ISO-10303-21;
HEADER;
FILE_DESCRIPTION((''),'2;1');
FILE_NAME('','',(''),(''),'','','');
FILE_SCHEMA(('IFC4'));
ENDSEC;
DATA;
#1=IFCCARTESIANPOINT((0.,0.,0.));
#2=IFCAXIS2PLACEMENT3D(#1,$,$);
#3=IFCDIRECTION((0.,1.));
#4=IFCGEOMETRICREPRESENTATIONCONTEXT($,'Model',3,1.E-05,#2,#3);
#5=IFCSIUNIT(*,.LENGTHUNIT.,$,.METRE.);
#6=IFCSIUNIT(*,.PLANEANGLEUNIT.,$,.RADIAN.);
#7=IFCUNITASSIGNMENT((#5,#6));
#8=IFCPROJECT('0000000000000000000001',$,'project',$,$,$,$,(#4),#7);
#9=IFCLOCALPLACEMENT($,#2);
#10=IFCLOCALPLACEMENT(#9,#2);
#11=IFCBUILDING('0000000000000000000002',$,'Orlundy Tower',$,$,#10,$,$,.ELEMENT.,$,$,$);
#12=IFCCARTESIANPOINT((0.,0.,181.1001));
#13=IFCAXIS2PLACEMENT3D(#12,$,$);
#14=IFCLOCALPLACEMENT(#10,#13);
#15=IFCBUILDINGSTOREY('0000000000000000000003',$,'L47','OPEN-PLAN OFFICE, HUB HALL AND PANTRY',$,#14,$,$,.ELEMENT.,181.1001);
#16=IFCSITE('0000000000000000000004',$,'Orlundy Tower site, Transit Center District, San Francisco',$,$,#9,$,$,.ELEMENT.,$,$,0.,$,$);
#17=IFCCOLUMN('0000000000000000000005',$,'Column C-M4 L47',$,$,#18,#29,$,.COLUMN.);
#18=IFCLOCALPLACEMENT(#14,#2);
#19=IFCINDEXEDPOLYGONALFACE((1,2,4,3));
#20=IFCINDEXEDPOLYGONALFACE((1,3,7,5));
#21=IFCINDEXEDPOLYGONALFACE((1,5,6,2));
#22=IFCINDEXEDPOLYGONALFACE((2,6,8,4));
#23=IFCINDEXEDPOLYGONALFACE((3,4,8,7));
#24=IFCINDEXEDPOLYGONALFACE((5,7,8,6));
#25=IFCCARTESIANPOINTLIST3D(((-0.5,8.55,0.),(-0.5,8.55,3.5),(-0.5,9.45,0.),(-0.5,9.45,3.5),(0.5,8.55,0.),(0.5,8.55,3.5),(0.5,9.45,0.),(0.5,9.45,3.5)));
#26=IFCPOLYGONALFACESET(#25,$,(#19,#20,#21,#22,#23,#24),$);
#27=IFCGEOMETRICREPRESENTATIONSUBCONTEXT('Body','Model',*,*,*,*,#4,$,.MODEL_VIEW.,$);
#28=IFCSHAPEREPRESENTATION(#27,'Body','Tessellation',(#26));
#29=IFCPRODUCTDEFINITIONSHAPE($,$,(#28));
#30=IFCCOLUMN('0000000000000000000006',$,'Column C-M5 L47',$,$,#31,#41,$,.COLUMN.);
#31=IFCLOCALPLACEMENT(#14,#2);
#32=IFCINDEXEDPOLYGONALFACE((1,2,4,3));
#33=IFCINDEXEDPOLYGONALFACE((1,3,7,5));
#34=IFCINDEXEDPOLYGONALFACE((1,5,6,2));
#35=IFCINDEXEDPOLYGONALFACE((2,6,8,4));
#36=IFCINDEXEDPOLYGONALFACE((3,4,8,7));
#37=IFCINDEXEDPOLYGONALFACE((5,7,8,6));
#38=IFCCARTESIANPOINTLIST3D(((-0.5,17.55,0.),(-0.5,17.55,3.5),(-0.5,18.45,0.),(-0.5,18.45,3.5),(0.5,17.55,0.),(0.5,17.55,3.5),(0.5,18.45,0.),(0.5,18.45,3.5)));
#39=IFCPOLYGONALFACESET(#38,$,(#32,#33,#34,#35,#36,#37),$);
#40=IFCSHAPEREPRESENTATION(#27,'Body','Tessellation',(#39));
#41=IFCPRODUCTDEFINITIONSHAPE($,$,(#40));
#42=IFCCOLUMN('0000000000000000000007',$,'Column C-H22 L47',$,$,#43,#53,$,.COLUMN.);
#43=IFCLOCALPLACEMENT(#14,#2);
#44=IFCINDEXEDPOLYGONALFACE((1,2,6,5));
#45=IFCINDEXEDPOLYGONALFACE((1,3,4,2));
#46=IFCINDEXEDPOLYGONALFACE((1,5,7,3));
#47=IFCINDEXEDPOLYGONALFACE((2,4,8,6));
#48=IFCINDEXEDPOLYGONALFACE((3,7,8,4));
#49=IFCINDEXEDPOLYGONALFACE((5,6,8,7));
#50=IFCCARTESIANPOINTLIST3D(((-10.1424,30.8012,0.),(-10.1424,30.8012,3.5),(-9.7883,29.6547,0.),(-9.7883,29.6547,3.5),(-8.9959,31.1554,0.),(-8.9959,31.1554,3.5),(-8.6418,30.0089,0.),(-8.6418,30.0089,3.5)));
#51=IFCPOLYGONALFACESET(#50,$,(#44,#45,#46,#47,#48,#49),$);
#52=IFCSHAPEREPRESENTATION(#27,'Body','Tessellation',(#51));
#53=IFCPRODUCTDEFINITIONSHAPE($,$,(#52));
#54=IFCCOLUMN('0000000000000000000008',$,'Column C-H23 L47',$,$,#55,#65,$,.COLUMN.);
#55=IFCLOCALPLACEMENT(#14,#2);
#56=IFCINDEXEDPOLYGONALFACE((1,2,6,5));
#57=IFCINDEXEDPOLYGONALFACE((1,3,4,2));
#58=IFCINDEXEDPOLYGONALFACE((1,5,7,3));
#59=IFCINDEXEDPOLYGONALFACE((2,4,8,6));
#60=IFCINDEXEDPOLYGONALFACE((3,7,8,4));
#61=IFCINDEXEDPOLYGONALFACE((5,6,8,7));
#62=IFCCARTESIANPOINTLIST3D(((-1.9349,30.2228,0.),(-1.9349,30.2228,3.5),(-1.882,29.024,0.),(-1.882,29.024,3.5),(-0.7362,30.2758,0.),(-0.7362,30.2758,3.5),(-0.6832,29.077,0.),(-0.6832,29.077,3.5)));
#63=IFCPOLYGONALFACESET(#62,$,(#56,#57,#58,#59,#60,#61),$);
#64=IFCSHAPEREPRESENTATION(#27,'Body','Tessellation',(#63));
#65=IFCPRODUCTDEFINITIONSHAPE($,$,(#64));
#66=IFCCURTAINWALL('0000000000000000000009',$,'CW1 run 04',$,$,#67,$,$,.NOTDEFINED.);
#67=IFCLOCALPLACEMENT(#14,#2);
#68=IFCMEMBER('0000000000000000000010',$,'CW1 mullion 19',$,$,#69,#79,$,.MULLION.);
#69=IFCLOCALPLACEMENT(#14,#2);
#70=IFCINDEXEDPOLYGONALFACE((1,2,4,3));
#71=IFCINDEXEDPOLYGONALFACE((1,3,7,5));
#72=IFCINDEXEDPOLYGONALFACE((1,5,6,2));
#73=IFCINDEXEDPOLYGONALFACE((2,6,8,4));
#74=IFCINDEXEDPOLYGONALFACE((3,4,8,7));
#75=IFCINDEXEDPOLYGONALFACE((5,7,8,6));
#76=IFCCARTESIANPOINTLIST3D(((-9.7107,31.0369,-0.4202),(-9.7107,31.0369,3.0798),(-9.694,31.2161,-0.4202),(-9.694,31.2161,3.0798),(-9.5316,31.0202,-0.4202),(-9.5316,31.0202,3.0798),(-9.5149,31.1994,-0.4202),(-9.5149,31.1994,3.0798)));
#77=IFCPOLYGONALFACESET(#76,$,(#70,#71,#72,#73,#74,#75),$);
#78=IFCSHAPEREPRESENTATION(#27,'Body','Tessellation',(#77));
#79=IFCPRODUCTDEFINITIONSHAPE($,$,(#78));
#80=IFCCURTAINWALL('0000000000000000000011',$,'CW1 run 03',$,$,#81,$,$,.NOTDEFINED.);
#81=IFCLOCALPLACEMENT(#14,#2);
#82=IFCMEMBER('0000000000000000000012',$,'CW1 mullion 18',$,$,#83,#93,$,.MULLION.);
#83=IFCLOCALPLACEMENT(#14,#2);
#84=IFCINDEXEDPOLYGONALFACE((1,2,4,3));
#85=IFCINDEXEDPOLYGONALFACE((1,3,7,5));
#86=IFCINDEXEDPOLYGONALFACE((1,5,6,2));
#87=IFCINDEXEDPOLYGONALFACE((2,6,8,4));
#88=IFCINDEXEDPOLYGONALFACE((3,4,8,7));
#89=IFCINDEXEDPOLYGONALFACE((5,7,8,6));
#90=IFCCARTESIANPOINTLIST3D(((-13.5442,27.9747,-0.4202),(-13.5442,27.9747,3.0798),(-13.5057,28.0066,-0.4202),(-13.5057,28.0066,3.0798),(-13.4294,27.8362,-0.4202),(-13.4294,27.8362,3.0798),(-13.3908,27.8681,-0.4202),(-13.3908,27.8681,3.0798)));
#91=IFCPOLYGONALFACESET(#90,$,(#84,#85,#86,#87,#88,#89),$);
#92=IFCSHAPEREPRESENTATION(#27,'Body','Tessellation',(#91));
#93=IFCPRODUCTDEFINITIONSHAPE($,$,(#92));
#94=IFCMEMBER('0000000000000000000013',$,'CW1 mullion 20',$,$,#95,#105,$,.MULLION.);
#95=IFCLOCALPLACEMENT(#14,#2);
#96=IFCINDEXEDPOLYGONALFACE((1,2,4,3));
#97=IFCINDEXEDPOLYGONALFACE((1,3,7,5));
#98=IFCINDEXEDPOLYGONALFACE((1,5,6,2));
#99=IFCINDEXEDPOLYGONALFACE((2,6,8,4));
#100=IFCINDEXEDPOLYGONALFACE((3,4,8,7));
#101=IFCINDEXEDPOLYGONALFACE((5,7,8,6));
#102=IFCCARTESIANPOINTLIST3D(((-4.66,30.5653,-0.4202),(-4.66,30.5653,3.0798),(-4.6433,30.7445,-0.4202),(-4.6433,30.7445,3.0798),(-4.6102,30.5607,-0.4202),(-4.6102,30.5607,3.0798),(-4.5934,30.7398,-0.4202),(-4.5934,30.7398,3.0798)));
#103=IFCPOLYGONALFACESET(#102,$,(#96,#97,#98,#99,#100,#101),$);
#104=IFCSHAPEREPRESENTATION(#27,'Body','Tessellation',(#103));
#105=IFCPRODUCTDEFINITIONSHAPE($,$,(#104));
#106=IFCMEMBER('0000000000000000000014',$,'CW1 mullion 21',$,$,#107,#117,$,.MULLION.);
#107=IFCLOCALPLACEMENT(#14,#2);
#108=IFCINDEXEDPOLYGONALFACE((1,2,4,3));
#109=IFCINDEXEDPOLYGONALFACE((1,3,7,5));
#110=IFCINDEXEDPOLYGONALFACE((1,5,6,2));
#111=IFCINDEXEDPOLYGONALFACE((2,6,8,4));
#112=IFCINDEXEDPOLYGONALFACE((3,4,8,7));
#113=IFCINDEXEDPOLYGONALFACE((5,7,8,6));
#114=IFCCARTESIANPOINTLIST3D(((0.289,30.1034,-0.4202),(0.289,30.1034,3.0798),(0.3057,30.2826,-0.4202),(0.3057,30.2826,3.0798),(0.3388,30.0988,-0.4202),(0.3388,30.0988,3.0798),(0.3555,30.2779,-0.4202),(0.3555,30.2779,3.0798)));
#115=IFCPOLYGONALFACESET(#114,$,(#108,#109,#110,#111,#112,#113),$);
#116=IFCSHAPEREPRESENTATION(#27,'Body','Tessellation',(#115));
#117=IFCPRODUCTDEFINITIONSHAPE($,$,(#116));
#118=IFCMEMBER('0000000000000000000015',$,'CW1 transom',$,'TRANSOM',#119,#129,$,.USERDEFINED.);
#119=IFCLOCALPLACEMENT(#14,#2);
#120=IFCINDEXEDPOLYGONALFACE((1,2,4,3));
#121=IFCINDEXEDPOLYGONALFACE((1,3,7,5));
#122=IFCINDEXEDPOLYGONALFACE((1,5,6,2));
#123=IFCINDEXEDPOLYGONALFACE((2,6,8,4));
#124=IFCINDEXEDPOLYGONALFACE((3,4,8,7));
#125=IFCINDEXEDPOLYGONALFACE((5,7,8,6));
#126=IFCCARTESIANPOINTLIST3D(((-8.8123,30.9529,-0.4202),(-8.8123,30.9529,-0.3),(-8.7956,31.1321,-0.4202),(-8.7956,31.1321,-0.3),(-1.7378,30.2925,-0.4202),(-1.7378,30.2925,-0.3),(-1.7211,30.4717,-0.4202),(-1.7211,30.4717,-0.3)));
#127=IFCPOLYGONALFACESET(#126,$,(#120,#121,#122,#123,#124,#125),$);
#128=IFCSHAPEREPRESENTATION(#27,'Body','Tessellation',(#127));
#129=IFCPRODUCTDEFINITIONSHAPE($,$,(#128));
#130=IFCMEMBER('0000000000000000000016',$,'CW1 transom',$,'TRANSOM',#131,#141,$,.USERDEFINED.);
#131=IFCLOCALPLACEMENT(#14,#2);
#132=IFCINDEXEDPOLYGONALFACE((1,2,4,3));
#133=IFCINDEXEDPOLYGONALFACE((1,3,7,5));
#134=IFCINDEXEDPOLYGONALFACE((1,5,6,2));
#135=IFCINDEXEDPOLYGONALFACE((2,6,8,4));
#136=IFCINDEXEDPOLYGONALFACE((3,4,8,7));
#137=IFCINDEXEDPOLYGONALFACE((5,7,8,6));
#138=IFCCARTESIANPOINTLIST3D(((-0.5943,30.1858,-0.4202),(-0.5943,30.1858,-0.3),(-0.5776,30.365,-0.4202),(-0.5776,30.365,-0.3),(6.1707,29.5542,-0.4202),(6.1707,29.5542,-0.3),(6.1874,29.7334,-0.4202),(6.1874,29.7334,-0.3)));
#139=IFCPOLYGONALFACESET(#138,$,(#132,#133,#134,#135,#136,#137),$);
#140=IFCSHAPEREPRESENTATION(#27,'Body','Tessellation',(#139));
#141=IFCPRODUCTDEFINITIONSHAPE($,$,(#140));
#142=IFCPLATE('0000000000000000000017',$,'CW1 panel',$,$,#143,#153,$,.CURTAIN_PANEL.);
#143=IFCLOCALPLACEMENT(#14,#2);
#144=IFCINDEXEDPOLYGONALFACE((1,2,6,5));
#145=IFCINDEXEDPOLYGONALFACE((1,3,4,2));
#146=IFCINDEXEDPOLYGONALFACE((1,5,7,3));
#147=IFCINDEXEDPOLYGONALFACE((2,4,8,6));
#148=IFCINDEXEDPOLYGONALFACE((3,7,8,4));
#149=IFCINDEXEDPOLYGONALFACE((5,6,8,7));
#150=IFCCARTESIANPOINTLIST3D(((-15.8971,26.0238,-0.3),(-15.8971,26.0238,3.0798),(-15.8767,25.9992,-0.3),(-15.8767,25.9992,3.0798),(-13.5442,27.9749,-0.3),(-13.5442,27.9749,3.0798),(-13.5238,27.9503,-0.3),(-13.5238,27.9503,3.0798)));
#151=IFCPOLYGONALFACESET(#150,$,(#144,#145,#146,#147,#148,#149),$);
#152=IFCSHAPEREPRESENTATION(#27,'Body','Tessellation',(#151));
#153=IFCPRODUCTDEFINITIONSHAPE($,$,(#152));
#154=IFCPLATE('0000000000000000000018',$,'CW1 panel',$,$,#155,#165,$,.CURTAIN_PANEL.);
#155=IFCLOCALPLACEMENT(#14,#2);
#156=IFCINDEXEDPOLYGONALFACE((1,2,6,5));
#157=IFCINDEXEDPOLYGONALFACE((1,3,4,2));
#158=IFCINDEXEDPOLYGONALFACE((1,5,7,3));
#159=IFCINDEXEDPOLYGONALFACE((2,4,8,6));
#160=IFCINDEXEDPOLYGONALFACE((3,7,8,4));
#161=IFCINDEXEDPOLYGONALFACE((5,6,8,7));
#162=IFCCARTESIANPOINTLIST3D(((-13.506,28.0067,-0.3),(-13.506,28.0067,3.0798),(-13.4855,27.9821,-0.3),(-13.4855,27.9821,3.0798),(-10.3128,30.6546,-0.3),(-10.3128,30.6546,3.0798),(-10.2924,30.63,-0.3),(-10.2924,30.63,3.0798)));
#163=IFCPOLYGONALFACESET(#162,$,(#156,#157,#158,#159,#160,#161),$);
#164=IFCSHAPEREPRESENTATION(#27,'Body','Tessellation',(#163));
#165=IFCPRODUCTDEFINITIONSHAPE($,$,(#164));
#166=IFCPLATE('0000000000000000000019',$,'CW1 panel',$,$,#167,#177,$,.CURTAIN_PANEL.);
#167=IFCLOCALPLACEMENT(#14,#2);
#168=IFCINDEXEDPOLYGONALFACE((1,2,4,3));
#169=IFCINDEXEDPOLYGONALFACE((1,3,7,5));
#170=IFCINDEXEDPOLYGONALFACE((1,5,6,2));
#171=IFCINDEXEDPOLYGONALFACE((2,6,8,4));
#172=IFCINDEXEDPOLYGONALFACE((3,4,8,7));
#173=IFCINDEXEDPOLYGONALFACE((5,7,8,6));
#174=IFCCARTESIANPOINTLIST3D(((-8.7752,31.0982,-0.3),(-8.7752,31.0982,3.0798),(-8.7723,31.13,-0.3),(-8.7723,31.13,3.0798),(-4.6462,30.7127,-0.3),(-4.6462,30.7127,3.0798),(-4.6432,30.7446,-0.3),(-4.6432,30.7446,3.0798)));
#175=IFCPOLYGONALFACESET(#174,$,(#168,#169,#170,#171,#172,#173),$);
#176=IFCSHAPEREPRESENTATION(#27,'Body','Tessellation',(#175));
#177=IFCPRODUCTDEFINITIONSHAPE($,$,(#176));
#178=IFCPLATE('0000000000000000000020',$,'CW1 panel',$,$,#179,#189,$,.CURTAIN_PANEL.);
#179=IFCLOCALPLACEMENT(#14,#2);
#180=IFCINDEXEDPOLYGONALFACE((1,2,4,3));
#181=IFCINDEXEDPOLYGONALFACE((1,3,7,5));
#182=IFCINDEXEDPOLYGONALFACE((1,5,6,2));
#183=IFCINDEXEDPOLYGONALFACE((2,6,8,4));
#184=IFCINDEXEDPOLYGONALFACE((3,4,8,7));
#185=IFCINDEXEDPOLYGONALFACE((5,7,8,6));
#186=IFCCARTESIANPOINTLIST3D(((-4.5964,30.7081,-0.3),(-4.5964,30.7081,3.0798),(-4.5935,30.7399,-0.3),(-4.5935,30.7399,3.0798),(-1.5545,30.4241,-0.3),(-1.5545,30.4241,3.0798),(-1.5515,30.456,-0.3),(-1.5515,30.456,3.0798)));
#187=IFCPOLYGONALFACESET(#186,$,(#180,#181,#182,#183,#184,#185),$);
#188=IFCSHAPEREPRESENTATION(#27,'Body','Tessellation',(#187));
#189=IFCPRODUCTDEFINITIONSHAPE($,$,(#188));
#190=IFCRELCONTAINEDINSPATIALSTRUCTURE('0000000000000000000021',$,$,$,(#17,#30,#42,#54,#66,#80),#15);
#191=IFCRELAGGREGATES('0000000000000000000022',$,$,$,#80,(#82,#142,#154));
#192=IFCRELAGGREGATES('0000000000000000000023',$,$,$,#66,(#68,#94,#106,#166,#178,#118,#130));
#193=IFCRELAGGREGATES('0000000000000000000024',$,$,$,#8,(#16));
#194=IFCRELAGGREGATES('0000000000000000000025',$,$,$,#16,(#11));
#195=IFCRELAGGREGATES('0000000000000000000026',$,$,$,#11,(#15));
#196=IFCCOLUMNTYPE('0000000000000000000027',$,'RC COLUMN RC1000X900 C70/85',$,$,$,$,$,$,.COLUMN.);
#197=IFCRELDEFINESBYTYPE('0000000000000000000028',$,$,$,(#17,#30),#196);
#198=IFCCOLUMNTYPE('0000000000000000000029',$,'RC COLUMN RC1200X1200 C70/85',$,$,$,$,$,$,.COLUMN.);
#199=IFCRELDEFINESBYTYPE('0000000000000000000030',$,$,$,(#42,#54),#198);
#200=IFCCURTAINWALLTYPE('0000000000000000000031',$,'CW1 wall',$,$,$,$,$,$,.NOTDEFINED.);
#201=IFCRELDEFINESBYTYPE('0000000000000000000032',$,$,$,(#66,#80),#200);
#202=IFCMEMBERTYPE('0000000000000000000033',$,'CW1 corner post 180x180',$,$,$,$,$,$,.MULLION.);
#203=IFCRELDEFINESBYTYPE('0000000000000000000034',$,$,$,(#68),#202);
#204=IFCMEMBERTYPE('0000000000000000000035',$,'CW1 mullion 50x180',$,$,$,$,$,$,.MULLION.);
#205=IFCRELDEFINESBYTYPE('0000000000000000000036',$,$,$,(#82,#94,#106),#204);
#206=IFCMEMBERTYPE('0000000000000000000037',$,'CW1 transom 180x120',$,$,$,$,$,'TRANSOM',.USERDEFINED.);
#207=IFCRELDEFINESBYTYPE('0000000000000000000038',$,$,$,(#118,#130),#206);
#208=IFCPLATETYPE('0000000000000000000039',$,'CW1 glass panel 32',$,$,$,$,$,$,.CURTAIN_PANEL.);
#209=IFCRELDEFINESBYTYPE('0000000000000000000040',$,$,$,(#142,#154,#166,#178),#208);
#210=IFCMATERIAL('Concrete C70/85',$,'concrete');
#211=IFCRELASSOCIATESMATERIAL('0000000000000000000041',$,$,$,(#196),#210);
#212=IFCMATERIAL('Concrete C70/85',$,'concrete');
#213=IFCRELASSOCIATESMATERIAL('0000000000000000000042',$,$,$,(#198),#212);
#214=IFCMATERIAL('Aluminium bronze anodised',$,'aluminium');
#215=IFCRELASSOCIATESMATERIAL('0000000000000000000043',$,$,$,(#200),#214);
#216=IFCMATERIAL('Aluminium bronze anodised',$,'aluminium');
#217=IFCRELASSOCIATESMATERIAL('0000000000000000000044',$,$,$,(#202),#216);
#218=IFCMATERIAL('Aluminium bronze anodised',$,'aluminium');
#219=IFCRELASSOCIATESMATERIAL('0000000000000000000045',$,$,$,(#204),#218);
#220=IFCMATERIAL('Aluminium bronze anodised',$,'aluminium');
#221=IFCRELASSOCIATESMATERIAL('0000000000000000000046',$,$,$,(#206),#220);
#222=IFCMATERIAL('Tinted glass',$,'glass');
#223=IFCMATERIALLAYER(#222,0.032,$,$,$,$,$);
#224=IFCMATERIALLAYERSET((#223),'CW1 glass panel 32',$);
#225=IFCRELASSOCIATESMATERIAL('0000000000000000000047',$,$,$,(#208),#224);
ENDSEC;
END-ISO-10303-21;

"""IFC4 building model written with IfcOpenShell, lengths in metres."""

from ifc_helpers import new_model, si_unit, direction, frame, origin, origin_2d, place, context, subcontext, project, spatial, rectangle, extrude, material, layer, layer_set, material_profile, profile_set, type_object, element, aggregate, save


model = new_model("IFC4")

# Units and contexts
model_context = context("Model", 3, precision=1e-05, world=origin(), true_north=direction((0.0, 1.0)))
body_context = subcontext(model_context, "Body", "Model", "MODEL_VIEW")
ifc_project = project(units=[si_unit("LENGTHUNIT", "METRE"), si_unit("PLANEANGLEUNIT", "RADIAN")], contexts=[model_context])

# Site, building, storey
site_placement = place(None, origin())
site = spatial("IfcSite", under=ifc_project, at=site_placement, Name="Orlundy Tower site, Transit Center District, San Francisco", CompositionType="ELEMENT", RefElevation=0.0)
building_placement = place(site_placement, origin())
building = spatial("IfcBuilding", under=site, at=building_placement, Name="Orlundy Tower", CompositionType="ELEMENT")
storey_placement = place(building_placement, frame((0.0, 0.0, 181.1001)))
storey = spatial("IfcBuildingStorey", under=building, at=storey_placement, Name="L47", Description="OPEN-PLAN OFFICE, HUB HALL AND PANTRY", CompositionType="ELEMENT", Elevation=181.1001)

# Columns
ifc_material_1 = material(Name="Concrete C70/85", Category="concrete")
ifc_material_profile_1 = material_profile(ifc_material_1, rectangle(XDim=1.0, YDim=0.8999, at=origin_2d()), Name="RC1000X900")
ifc_profile_set_1 = profile_set([ifc_material_profile_1], Name="Concrete C70/85")
column_type_1 = type_object("IfcColumnType", Name="RC COLUMN RC1000X900 C70/85", PredefinedType="COLUMN", material=ifc_profile_set_1)
for number, where, z_axis, x_axis, name in (
    (1, (0.0, 9.0, 0.0), (0.0, 0.0, 1.0), (1.0, 0.0, 0.0), "Column C-M4 L47"),
    (2, (0.0, 18.0, 0.0), (0.0, 0.0, 1.0), (1.0, 0.0, 0.0), "Column C-M5 L47"),
):
    element("IfcColumn", number, at=place(storey_placement, frame(where, z_axis=z_axis, x_axis=x_axis)), inside=storey, type_object=column_type_1, Name=name, PredefinedType="COLUMN", context=body_context, shape_type="SweptSolid", body=[
        extrude(rectangle(XDim=1.0, YDim=0.8999, at=origin_2d()), origin(), (0.0, 0.0, 1.0), 3.5),
    ])
ifc_material_2 = material(Name="Concrete C70/85", Category="concrete")
ifc_material_profile_2 = material_profile(ifc_material_2, rectangle(XDim=1.2, YDim=1.2, at=origin_2d()), Name="RC1200X1200")
ifc_profile_set_2 = profile_set([ifc_material_profile_2], Name="Concrete C70/85")
column_type_2 = type_object("IfcColumnType", Name="RC COLUMN RC1200X1200 C70/85", PredefinedType="COLUMN", material=ifc_profile_set_2)
for number, where, z_axis, x_axis, name in (
    (3, (-9.3921, 30.405, 0.0), (0.0, 0.0, 1.0), (-0.295141, 0.955454, 0.0), "Column C-H22 L47"),
    (4, (-1.3091, 29.6499, 0.0), (0.0, 0.0, 1.0), (-0.044108, 0.999027, 0.0), "Column C-H23 L47"),
):
    element("IfcColumn", number, at=place(storey_placement, frame(where, z_axis=z_axis, x_axis=x_axis)), inside=storey, type_object=column_type_2, Name=name, PredefinedType="COLUMN", context=body_context, shape_type="SweptSolid", body=[
        extrude(rectangle(XDim=1.2, YDim=1.2, at=origin_2d()), origin(), (0.0, 0.0, 1.0), 3.5),
    ])

# Curtain walls, members
ifc_material_3 = material(Name="Aluminium bronze anodised", Category="aluminium")
curtain_wall_type = type_object("IfcCurtainWallType", Name="CW1 wall", PredefinedType="NOTDEFINED", material=ifc_material_3)
curtain_wall_1_placement = place(storey_placement, origin())
curtain_wall_1 = element("IfcCurtainWall", 5, at=curtain_wall_1_placement, inside=storey, type_object=curtain_wall_type, Name="CW1 run 04", PredefinedType="NOTDEFINED")
ifc_material_4 = material(Name="Aluminium bronze anodised", Category="aluminium")
ifc_material_profile_3 = material_profile(ifc_material_4, rectangle(XDim=0.1799, YDim=0.1799, at=origin_2d()), Name="CW1 corner post 180x180")
ifc_profile_set_3 = profile_set([ifc_material_profile_3], Name="Aluminium bronze anodised")
member_type_1 = type_object("IfcMemberType", Name="CW1 corner post 180x180", PredefinedType="MULLION", material=ifc_profile_set_3)
member_1_placement = place(storey_placement, frame((-9.6128, 31.1182, -0.4202), z_axis=(0.0, 0.0, 1.0), x_axis=(0.092948, 0.995671, 0.0)))
member_1 = element("IfcMember", 6, at=member_1_placement, type_object=member_type_1, Name="CW1 mullion 19", PredefinedType="MULLION", context=body_context, shape_type="SweptSolid", body=[
    extrude(rectangle(XDim=0.1799, YDim=0.1799, at=origin_2d()), origin(), (0.0, 0.0, 1.0), 3.5),
])
curtain_wall_2_placement = place(storey_placement, origin())
curtain_wall_2 = element("IfcCurtainWall", 7, at=curtain_wall_2_placement, inside=storey, type_object=curtain_wall_type, Name="CW1 run 03", PredefinedType="NOTDEFINED")
ifc_material_5 = material(Name="Aluminium bronze anodised", Category="aluminium")
ifc_material_profile_4 = material_profile(ifc_material_5, rectangle(XDim=0.1799, YDim=0.05, at=origin_2d()), Name="CW1 mullion 50x180")
ifc_profile_set_4 = profile_set([ifc_material_profile_4], Name="Aluminium bronze anodised")
member_type_2 = type_object("IfcMemberType", Name="CW1 mullion 50x180", PredefinedType="MULLION", material=ifc_profile_set_4)
member_2_placement = place(storey_placement, frame((-13.4675, 27.9214, -0.4202), z_axis=(0.0, 0.0, 1.0), x_axis=(-0.638318, 0.769772, 0.0)))
member_2 = element("IfcMember", 8, at=member_2_placement, type_object=member_type_2, Name="CW1 mullion 18", PredefinedType="MULLION", context=body_context, shape_type="SweptSolid", body=[
    extrude(rectangle(XDim=0.1799, YDim=0.05, at=origin_2d()), origin(), (0.0, 0.0, 1.0), 3.5),
])

# Members
member_3_placement = place(storey_placement, frame((-4.6267, 30.6526, -0.4202), z_axis=(0.0, 0.0, 1.0), x_axis=(0.092948, 0.995671, 0.0)))
member_3 = element("IfcMember", 9, at=member_3_placement, type_object=member_type_2, Name="CW1 mullion 20", PredefinedType="MULLION", context=body_context, shape_type="SweptSolid", body=[
    extrude(rectangle(XDim=0.1799, YDim=0.05, at=origin_2d()), origin(), (0.0, 0.0, 1.0), 3.5),
])
member_4_placement = place(storey_placement, frame((0.3223, 30.1907, -0.4202), z_axis=(0.0, 0.0, 1.0), x_axis=(0.092948, 0.995671, 0.0)))
member_4 = element("IfcMember", 10, at=member_4_placement, type_object=member_type_2, Name="CW1 mullion 21", PredefinedType="MULLION", context=body_context, shape_type="SweptSolid", body=[
    extrude(rectangle(XDim=0.1799, YDim=0.05, at=origin_2d()), origin(), (0.0, 0.0, 1.0), 3.5),
])
ifc_material_6 = material(Name="Aluminium bronze anodised", Category="aluminium")
ifc_material_profile_5 = material_profile(ifc_material_6, rectangle(XDim=0.1799, YDim=0.1201, at=origin_2d()), Name="CW1 transom 180x120")
ifc_profile_set_5 = profile_set([ifc_material_profile_5], Name="Aluminium bronze anodised")
member_type_3 = type_object("IfcMemberType", Name="CW1 transom 180x120", ElementType="TRANSOM", PredefinedType="USERDEFINED", material=ifc_profile_set_5)
member_5_placement = place(storey_placement, frame((-8.804, 31.0425, -0.3601), z_axis=(0.995671, -0.092946, 0.0), x_axis=(0.092946, 0.995671, 0.0)))
member_5 = element("IfcMember", 11, at=member_5_placement, type_object=member_type_3, Name="CW1 transom", ObjectType="TRANSOM", PredefinedType="USERDEFINED", context=body_context, shape_type="SweptSolid", body=[
    extrude(rectangle(XDim=0.1799, YDim=0.1201, at=origin_2d()), origin(), (0.0, 0.0, 1.0), 7.1052),
])
member_6_placement = place(storey_placement, frame((-0.5859, 30.2754, -0.3601), z_axis=(0.99567, -0.092956, 0.0), x_axis=(0.092956, 0.99567, 0.0)))
member_6 = element("IfcMember", 12, at=member_6_placement, type_object=member_type_3, Name="CW1 transom", ObjectType="TRANSOM", PredefinedType="USERDEFINED", context=body_context, shape_type="SweptSolid", body=[
    extrude(rectangle(XDim=0.1799, YDim=0.1201, at=origin_2d()), origin(), (0.0, 0.0, 1.0), 6.7944),
])

# Plates
ifc_material_7 = material(Name="Tinted glass", Category="glass")
ifc_layer_1 = layer(ifc_material_7, 0.032)
ifc_layer_set_1 = layer_set([ifc_layer_1], Name="CW1 glass panel 32")
plate_type = type_object("IfcPlateType", Name="CW1 glass panel 32", PredefinedType="CURTAIN_PANEL", material=ifc_layer_set_1)
plate_1_placement = place(storey_placement, frame((-14.7104, 26.9871, -0.3), z_axis=(0.0, 0.0, 1.0), x_axis=(0.769772, 0.638318, 0.0)))
plate_1 = element("IfcPlate", 13, at=plate_1_placement, type_object=plate_type, Name="CW1 panel", PredefinedType="CURTAIN_PANEL", context=body_context, shape_type="SweptSolid", body=[
    extrude(rectangle(XDim=3.0566, YDim=0.032, at=origin_2d()), origin(), (0.0, 0.0, 1.0), 3.3799),
])
plate_2_placement = place(storey_placement, frame((-11.8992, 29.3184, -0.3), z_axis=(0.0, 0.0, 1.0), x_axis=(0.769772, 0.638318, 0.0)))
plate_2 = element("IfcPlate", 14, at=plate_2_placement, type_object=plate_type, Name="CW1 panel", PredefinedType="CURTAIN_PANEL", context=body_context, shape_type="SweptSolid", body=[
    extrude(rectangle(XDim=4.1482, YDim=0.032, at=origin_2d()), origin(), (0.0, 0.0, 1.0), 3.3799),
])
aggregate(curtain_wall_2, [member_2, plate_1, plate_2])
plate_3_placement = place(storey_placement, frame((-6.7092, 30.9214, -0.3), z_axis=(0.0, 0.0, 1.0), x_axis=(0.995671, -0.092948, 0.0)))
plate_3 = element("IfcPlate", 15, at=plate_3_placement, type_object=plate_type, Name="CW1 panel", PredefinedType="CURTAIN_PANEL", context=body_context, shape_type="SweptSolid", body=[
    extrude(rectangle(XDim=4.147, YDim=0.032, at=origin_2d()), origin(), (0.0, 0.0, 1.0), 3.3799),
])
plate_4_placement = place(storey_placement, frame((-3.074, 30.582, -0.3), z_axis=(0.0, 0.0, 1.0), x_axis=(0.995671, -0.092948, 0.0)))
plate_4 = element("IfcPlate", 16, at=plate_4_placement, type_object=plate_type, Name="CW1 panel", PredefinedType="CURTAIN_PANEL", context=body_context, shape_type="SweptSolid", body=[
    extrude(rectangle(XDim=3.0552, YDim=0.032, at=origin_2d()), origin(), (0.0, 0.0, 1.0), 3.3799),
])
aggregate(curtain_wall_1, [member_1, member_3, member_4, plate_3, plate_4, member_5, member_6])

save(model, "model.ifc")
